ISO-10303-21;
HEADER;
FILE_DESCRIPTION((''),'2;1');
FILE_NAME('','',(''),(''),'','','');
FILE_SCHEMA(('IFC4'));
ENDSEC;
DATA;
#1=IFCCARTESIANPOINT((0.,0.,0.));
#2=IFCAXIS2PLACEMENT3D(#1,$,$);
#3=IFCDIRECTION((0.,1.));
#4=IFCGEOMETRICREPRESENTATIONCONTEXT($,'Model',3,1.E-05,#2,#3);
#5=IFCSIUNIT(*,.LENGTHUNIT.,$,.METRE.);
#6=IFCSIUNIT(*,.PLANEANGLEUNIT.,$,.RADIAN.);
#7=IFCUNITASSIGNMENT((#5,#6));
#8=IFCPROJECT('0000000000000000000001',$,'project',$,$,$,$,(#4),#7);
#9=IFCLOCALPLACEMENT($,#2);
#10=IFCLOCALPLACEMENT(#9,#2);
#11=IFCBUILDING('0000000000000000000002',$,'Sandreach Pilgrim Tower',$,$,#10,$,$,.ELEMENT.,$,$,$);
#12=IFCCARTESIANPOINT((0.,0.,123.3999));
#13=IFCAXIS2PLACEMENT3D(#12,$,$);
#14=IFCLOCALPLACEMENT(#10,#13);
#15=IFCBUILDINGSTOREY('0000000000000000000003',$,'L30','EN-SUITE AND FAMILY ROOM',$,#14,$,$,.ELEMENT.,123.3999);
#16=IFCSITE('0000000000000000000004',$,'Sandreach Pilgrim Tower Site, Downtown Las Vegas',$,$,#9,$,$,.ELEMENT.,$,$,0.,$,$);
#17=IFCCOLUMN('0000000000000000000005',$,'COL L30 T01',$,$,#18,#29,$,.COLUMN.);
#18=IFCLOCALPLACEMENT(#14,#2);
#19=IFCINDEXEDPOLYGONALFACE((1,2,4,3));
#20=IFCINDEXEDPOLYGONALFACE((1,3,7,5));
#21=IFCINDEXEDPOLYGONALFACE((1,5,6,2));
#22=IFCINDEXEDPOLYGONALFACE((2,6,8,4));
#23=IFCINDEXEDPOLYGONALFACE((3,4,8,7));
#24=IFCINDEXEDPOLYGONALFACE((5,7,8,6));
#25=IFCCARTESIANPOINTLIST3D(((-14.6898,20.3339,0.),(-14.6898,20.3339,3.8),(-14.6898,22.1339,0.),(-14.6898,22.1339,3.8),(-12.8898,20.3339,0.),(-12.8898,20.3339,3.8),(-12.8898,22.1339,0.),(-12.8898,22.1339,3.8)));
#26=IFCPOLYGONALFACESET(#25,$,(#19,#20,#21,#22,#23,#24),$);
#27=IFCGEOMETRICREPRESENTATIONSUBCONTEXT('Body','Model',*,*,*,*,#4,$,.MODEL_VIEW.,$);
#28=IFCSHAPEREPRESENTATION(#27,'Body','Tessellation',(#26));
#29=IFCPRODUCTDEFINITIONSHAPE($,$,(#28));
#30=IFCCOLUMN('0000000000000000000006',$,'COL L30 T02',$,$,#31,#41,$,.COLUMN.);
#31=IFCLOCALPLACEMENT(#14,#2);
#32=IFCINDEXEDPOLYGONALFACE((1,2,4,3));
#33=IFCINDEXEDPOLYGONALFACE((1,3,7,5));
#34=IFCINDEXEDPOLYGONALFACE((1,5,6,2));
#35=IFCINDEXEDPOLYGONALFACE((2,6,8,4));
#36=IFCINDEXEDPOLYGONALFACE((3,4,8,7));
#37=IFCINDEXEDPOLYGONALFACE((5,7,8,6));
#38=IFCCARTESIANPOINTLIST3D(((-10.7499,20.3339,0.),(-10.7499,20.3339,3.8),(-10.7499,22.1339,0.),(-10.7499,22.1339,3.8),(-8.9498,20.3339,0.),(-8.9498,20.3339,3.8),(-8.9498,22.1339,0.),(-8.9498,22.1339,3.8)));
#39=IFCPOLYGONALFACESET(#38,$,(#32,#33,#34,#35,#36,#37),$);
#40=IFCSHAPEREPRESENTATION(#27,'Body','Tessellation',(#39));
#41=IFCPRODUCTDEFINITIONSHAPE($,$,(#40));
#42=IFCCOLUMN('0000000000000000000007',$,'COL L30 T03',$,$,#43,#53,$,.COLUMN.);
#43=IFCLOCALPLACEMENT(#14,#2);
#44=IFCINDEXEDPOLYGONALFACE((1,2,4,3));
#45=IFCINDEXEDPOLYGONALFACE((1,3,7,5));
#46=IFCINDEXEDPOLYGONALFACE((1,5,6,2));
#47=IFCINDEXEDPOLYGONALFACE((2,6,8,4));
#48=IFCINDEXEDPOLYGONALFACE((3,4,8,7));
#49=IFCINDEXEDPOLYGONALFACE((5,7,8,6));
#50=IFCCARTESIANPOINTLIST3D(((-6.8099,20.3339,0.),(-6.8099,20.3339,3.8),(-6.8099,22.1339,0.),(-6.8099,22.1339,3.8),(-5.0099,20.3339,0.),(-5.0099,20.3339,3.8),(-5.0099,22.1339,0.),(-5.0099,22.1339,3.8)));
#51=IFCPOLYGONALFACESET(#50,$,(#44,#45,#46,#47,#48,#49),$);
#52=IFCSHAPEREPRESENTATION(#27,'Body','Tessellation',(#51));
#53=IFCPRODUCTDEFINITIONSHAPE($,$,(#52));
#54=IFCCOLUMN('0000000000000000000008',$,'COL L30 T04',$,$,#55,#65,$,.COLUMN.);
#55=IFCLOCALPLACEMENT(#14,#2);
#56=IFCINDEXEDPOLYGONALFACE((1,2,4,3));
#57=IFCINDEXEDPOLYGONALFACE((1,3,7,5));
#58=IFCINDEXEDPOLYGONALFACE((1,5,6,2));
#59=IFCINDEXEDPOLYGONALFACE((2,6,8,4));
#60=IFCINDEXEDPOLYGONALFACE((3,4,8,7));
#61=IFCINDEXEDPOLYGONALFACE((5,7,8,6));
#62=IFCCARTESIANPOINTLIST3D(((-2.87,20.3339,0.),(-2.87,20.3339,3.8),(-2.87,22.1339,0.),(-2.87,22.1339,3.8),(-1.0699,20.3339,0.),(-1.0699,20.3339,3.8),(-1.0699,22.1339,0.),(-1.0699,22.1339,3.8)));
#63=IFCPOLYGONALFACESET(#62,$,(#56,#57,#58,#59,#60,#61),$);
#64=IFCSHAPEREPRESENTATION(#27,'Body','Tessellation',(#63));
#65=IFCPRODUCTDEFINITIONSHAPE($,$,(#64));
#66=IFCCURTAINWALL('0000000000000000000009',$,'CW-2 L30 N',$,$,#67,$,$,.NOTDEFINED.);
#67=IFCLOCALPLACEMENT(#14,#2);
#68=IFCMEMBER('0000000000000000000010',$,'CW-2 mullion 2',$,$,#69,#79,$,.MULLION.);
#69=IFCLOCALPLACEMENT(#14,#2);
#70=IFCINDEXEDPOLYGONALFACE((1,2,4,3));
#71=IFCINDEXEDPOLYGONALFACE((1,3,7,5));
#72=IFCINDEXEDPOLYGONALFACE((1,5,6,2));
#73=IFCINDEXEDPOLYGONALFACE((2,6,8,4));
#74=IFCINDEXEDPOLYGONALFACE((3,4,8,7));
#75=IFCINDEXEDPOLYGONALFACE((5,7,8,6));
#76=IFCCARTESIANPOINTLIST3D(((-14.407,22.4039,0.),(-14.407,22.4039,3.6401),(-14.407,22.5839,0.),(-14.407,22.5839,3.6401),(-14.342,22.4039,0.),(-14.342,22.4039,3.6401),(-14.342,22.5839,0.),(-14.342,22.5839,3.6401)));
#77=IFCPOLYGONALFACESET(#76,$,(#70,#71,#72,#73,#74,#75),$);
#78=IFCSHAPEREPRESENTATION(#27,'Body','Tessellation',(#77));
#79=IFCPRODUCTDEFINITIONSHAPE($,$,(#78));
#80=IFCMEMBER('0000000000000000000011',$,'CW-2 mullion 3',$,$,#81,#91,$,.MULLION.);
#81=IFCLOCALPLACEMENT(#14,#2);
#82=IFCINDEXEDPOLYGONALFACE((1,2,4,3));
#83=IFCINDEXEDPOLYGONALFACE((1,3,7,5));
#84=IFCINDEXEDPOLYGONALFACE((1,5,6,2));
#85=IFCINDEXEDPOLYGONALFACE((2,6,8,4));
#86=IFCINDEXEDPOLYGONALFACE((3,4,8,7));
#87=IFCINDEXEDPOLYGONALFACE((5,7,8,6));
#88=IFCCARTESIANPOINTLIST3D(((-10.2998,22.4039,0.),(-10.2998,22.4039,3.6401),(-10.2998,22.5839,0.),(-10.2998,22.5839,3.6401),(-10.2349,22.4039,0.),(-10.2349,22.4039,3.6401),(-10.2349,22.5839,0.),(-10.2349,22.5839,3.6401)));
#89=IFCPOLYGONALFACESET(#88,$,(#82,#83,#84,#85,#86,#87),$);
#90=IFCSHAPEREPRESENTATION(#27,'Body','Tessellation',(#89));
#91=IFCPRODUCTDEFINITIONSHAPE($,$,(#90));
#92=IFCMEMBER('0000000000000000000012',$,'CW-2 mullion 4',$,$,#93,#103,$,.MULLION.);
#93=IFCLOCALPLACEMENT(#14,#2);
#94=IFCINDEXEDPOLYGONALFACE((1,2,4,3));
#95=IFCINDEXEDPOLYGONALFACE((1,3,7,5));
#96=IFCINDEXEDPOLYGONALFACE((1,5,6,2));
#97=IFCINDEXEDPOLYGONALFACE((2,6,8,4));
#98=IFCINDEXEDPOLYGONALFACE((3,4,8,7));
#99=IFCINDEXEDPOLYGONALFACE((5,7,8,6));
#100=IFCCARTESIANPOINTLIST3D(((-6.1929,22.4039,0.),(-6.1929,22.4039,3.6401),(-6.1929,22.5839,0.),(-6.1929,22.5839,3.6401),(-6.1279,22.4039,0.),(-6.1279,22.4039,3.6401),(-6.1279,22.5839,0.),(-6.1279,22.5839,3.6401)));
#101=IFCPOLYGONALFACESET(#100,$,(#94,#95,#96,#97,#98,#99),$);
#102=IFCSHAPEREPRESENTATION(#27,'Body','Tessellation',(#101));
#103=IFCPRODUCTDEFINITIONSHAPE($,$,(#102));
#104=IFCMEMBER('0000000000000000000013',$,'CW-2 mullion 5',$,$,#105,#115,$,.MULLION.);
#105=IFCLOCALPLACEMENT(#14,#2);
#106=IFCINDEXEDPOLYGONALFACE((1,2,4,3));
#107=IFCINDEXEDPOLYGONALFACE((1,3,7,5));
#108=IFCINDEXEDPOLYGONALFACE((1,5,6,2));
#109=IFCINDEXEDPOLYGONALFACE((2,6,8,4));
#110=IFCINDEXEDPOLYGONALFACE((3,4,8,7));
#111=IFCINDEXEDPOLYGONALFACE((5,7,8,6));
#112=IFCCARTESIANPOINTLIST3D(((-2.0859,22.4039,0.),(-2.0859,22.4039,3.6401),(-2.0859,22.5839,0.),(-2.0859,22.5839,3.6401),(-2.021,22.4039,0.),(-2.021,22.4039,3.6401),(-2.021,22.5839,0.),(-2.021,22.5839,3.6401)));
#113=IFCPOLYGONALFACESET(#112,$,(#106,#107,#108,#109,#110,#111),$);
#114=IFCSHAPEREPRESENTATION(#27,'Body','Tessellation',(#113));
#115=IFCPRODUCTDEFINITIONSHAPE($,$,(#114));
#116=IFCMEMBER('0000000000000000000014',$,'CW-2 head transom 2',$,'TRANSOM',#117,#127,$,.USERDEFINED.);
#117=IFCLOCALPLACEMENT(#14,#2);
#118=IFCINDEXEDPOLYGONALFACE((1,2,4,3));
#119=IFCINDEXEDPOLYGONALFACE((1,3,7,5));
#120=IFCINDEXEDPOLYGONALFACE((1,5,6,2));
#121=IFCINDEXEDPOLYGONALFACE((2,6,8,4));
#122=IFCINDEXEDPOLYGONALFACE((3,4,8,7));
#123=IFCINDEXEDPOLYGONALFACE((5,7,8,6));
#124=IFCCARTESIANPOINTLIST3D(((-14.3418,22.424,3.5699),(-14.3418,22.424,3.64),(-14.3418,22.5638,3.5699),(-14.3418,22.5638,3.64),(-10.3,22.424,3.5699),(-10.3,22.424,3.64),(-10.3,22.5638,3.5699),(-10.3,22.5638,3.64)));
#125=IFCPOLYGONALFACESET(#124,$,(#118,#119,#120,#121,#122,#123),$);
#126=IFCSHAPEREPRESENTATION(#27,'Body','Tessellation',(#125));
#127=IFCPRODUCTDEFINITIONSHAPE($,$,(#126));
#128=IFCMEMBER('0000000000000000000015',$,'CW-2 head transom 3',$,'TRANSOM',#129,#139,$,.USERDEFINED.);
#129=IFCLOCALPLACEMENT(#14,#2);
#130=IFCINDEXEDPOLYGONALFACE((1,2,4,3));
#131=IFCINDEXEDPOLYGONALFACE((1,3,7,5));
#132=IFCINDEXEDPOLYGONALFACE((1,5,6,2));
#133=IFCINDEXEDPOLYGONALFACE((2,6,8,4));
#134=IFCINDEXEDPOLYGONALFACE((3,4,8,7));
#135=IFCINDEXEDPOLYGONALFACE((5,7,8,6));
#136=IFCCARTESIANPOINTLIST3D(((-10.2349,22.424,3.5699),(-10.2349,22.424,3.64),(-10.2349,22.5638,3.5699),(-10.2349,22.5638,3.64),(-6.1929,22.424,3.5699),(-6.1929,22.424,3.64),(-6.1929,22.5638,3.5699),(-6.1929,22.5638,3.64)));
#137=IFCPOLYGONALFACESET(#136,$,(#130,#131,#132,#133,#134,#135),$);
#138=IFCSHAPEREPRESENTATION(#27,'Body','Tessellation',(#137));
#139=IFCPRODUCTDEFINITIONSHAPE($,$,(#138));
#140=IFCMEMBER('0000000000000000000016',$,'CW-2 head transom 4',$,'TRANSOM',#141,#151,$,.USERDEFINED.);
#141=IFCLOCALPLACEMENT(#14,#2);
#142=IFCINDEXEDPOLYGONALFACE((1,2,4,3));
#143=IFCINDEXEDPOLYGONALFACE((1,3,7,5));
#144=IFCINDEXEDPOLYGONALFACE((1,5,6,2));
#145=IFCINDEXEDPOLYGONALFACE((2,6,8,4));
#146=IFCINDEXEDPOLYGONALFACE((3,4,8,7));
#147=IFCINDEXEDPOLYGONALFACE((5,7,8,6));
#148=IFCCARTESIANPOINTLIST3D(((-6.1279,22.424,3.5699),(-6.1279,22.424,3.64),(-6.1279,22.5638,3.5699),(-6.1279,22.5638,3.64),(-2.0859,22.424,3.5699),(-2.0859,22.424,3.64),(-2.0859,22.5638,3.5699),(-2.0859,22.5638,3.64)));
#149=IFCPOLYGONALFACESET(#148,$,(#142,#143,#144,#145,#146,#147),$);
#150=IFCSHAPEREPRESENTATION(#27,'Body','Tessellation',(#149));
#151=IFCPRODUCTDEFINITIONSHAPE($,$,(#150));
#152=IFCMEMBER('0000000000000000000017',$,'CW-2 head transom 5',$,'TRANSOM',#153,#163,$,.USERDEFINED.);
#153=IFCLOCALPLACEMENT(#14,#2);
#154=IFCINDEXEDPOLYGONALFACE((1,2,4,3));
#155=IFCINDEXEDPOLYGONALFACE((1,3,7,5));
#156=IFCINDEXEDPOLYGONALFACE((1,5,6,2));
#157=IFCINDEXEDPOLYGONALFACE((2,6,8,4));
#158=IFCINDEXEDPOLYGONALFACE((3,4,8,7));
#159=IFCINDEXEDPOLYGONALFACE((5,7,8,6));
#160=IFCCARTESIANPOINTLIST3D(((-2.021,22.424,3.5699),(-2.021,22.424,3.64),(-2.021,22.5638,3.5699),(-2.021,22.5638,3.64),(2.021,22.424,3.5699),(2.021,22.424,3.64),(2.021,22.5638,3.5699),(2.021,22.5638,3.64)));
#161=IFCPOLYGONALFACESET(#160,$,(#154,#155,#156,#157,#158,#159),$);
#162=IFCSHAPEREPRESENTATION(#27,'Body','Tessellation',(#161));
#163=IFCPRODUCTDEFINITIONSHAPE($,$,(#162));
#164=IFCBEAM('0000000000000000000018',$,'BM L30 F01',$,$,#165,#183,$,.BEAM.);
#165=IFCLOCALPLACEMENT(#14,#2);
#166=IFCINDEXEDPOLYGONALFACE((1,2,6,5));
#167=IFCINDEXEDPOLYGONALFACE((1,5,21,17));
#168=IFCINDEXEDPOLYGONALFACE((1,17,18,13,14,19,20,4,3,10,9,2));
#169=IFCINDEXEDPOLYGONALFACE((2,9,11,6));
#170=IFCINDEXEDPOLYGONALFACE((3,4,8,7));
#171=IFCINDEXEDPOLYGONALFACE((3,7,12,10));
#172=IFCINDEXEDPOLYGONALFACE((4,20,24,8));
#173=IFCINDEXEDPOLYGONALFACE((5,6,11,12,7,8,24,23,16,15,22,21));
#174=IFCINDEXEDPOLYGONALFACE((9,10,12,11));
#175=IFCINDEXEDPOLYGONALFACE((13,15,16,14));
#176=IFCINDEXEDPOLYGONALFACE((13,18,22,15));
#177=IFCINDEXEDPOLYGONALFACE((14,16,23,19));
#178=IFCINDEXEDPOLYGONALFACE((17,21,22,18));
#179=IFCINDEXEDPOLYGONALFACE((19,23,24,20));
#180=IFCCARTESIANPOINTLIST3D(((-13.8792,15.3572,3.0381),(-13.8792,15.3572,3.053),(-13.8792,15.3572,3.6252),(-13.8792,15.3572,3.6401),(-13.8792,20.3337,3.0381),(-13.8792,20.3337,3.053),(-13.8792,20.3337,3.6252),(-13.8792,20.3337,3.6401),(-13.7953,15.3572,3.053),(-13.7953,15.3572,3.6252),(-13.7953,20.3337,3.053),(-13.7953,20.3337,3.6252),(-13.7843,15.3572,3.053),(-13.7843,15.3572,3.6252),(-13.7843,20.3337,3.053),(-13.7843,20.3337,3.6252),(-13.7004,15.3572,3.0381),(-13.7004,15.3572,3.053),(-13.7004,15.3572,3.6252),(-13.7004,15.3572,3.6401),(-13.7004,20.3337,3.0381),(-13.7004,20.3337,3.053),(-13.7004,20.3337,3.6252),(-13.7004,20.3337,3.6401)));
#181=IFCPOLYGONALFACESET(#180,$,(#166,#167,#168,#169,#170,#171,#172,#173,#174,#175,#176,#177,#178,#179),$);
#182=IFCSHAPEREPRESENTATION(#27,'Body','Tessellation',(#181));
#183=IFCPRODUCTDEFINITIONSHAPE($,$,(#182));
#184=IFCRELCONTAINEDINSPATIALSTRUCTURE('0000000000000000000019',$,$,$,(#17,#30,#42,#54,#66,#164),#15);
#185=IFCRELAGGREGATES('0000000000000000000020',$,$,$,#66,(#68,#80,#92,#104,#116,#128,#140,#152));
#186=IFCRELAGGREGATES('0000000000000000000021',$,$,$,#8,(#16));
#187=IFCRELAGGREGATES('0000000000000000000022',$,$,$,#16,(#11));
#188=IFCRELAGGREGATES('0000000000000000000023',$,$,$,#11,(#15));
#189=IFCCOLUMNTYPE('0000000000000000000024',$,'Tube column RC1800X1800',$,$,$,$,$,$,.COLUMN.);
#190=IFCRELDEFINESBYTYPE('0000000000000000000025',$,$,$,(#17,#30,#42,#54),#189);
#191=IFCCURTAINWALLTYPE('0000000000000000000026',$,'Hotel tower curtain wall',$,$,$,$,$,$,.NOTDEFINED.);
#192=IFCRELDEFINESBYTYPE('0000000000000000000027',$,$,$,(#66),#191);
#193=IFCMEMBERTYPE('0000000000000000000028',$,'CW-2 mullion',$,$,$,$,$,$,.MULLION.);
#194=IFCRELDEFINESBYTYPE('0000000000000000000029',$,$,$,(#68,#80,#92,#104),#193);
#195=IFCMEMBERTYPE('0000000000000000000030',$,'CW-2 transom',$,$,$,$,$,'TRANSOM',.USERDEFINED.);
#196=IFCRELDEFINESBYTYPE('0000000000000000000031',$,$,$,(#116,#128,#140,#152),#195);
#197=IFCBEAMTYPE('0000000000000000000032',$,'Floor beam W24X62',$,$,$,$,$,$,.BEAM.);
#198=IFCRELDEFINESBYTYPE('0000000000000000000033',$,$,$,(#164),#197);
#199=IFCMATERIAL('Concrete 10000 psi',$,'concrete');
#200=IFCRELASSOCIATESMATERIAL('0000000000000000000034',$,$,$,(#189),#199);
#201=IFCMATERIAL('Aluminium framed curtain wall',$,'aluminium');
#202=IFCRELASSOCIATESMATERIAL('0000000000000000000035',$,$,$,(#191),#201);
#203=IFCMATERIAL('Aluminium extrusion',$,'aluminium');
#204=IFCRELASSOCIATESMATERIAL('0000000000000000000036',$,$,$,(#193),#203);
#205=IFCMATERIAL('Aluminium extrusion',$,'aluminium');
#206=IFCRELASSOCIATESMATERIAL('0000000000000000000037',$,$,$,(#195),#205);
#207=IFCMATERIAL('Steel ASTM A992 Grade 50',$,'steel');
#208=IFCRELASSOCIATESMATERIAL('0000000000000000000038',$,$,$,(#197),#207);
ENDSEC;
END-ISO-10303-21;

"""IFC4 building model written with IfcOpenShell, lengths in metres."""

from ifc_helpers import new_model, si_unit, direction, frame, origin, origin_2d, place, context, subcontext, project, spatial, rectangle, i_section, extrude, material, material_profile, profile_set, type_object, element, aggregate, save


model = new_model("IFC4")

# Units and contexts
model_context = context("Model", 3, precision=1e-05, world=origin(), true_north=direction((0.0, 1.0)))
body_context = subcontext(model_context, "Body", "Model", "MODEL_VIEW")
ifc_project = project(units=[si_unit("LENGTHUNIT", "METRE"), si_unit("PLANEANGLEUNIT", "RADIAN")], contexts=[model_context])

# Site, building, storey
site_placement = place(None, origin())
site = spatial("IfcSite", under=ifc_project, at=site_placement, Name="Sandreach Pilgrim Tower Site, Downtown Las Vegas", CompositionType="ELEMENT", RefElevation=0.0)
building_placement = place(site_placement, origin())
building = spatial("IfcBuilding", under=site, at=building_placement, Name="Sandreach Pilgrim Tower", CompositionType="ELEMENT")
storey_placement = place(building_placement, frame((0.0, 0.0, 123.3999)))
storey = spatial("IfcBuildingStorey", under=building, at=storey_placement, Name="L30", Description="EN-SUITE AND FAMILY ROOM", CompositionType="ELEMENT", Elevation=123.3999)

# Columns
ifc_material_1 = material(Name="Concrete 10000 psi", Category="concrete")
ifc_material_profile_1 = material_profile(ifc_material_1, rectangle(XDim=1.8, YDim=1.8, at=origin_2d()), Name="RC1800X1800")
ifc_profile_set_1 = profile_set([ifc_material_profile_1], Name="Concrete 10000 psi")
column_type = type_object("IfcColumnType", Name="Tube column RC1800X1800", PredefinedType="COLUMN", material=ifc_profile_set_1)
for number, where, z_axis, x_axis, name in (
    (1, (-13.7898, 21.2339, 0.0), (0.0, 0.0, 1.0), (0.0, 1.0, 0.0), "COL L30 T01"),
    (2, (-9.8499, 21.2339, 0.0), (0.0, 0.0, 1.0), (0.0, 1.0, 0.0), "COL L30 T02"),
    (3, (-5.9099, 21.2339, 0.0), (0.0, 0.0, 1.0), (0.0, 1.0, 0.0), "COL L30 T03"),
    (4, (-1.97, 21.2339, 0.0), (0.0, 0.0, 1.0), (0.0, 1.0, 0.0), "COL L30 T04"),
):
    element("IfcColumn", number, at=place(storey_placement, frame(where, z_axis=z_axis, x_axis=x_axis)), inside=storey, type_object=column_type, Name=name, PredefinedType="COLUMN", context=body_context, shape_type="SweptSolid", body=[
        extrude(rectangle(XDim=1.8, YDim=1.8, at=origin_2d()), origin(), (0.0, 0.0, 1.0), 3.8),
    ])

# Curtain wall, members
ifc_material_2 = material(Name="Aluminium framed curtain wall", Category="aluminium")
curtain_wall_type = type_object("IfcCurtainWallType", Name="Hotel tower curtain wall", PredefinedType="NOTDEFINED", material=ifc_material_2)
curtain_wall_placement = place(storey_placement, origin())
curtain_wall = element("IfcCurtainWall", 5, at=curtain_wall_placement, inside=storey, type_object=curtain_wall_type, Name="CW-2 L30 N", PredefinedType="NOTDEFINED")
ifc_material_3 = material(Name="Aluminium extrusion", Category="aluminium")
ifc_material_profile_2 = material_profile(ifc_material_3, rectangle(XDim=0.0649, YDim=0.1799, at=origin_2d()), Name="CW-2M 65X180")
ifc_profile_set_2 = profile_set([ifc_material_profile_2], Name="Aluminium extrusion")
member_type_1 = type_object("IfcMemberType", Name="CW-2 mullion", PredefinedType="MULLION", material=ifc_profile_set_2)
member_1_placement = place(storey_placement, frame((-14.3745, 22.4939, 0.0), z_axis=(0.0, 0.0, 1.0), x_axis=(1.0, 0.0, 0.0)))
member_1 = element("IfcMember", 6, at=member_1_placement, type_object=member_type_1, Name="CW-2 mullion 2", PredefinedType="MULLION", context=body_context, shape_type="SweptSolid", body=[
    extrude(rectangle(XDim=0.0649, YDim=0.1799, at=origin_2d()), origin(), (0.0, 0.0, 1.0), 3.6401),
])
member_2_placement = place(storey_placement, frame((-10.2673, 22.4939, 0.0), z_axis=(0.0, 0.0, 1.0), x_axis=(1.0, 0.0, 0.0)))
member_2 = element("IfcMember", 7, at=member_2_placement, type_object=member_type_1, Name="CW-2 mullion 3", PredefinedType="MULLION", context=body_context, shape_type="SweptSolid", body=[
    extrude(rectangle(XDim=0.0649, YDim=0.1799, at=origin_2d()), origin(), (0.0, 0.0, 1.0), 3.6401),
])
member_3_placement = place(storey_placement, frame((-6.1604, 22.4939, 0.0), z_axis=(0.0, 0.0, 1.0), x_axis=(1.0, 0.0, 0.0)))
member_3 = element("IfcMember", 8, at=member_3_placement, type_object=member_type_1, Name="CW-2 mullion 4", PredefinedType="MULLION", context=body_context, shape_type="SweptSolid", body=[
    extrude(rectangle(XDim=0.0649, YDim=0.1799, at=origin_2d()), origin(), (0.0, 0.0, 1.0), 3.6401),
])
member_4_placement = place(storey_placement, frame((-2.0535, 22.4939, 0.0), z_axis=(0.0, 0.0, 1.0), x_axis=(1.0, 0.0, 0.0)))
member_4 = element("IfcMember", 9, at=member_4_placement, type_object=member_type_1, Name="CW-2 mullion 5", PredefinedType="MULLION", context=body_context, shape_type="SweptSolid", body=[
    extrude(rectangle(XDim=0.0649, YDim=0.1799, at=origin_2d()), origin(), (0.0, 0.0, 1.0), 3.6401),
])
ifc_material_4 = material(Name="Aluminium extrusion", Category="aluminium")
ifc_material_profile_3 = material_profile(ifc_material_4, rectangle(XDim=0.1399, YDim=0.0701, at=origin_2d()), Name="CW-2T 140X70")
ifc_profile_set_3 = profile_set([ifc_material_profile_3], Name="Aluminium extrusion")
member_type_2 = type_object("IfcMemberType", Name="CW-2 transom", ElementType="TRANSOM", PredefinedType="USERDEFINED", material=ifc_profile_set_3)
member_5_placement = place(storey_placement, frame((-14.3418, 22.4939, 3.605), z_axis=(1.0, 0.0, 0.0), x_axis=(0.0, 1.0, 0.0)))
member_5 = element("IfcMember", 10, at=member_5_placement, type_object=member_type_2, Name="CW-2 head transom 2", ObjectType="TRANSOM", PredefinedType="USERDEFINED", context=body_context, shape_type="SweptSolid", body=[
    extrude(rectangle(XDim=0.1399, YDim=0.0701, at=origin_2d()), origin(), (0.0, 0.0, 1.0), 4.0417),
])
member_6_placement = place(storey_placement, frame((-10.2349, 22.4939, 3.605), z_axis=(1.0, 0.0, 0.0), x_axis=(0.0, 1.0, 0.0)))
member_6 = element("IfcMember", 11, at=member_6_placement, type_object=member_type_2, Name="CW-2 head transom 3", ObjectType="TRANSOM", PredefinedType="USERDEFINED", context=body_context, shape_type="SweptSolid", body=[
    extrude(rectangle(XDim=0.1399, YDim=0.0701, at=origin_2d()), origin(), (0.0, 0.0, 1.0), 4.042),
])
member_7_placement = place(storey_placement, frame((-6.1279, 22.4939, 3.605), z_axis=(1.0, 0.0, 0.0), x_axis=(0.0, 1.0, 0.0)))
member_7 = element("IfcMember", 12, at=member_7_placement, type_object=member_type_2, Name="CW-2 head transom 4", ObjectType="TRANSOM", PredefinedType="USERDEFINED", context=body_context, shape_type="SweptSolid", body=[
    extrude(rectangle(XDim=0.1399, YDim=0.0701, at=origin_2d()), origin(), (0.0, 0.0, 1.0), 4.042),
])
member_8_placement = place(storey_placement, frame((-2.021, 22.4939, 3.605), z_axis=(1.0, 0.0, 0.0), x_axis=(0.0, 1.0, 0.0)))
member_8 = element("IfcMember", 13, at=member_8_placement, type_object=member_type_2, Name="CW-2 head transom 5", ObjectType="TRANSOM", PredefinedType="USERDEFINED", context=body_context, shape_type="SweptSolid", body=[
    extrude(rectangle(XDim=0.1399, YDim=0.0701, at=origin_2d()), origin(), (0.0, 0.0, 1.0), 4.042),
])

# Beam
ifc_material_5 = material(Name="Steel ASTM A992 Grade 50", Category="steel")
ifc_material_profile_4 = material_profile(ifc_material_5, i_section(OverallWidth=0.1787, OverallDepth=0.6021, WebThickness=0.011, FlangeThickness=0.0149, at=origin_2d()), Name="W24X62")
ifc_profile_set_4 = profile_set([ifc_material_profile_4], Name="Steel ASTM A992 Grade 50")
beam_type_1 = type_object("IfcBeamType", Name="Floor beam W24X62", PredefinedType="BEAM", material=ifc_profile_set_4)
beam_1_placement = place(storey_placement, frame((-13.7898, 20.3337, 3.3391), z_axis=(0.0, -1.0, 0.0), x_axis=(1.0, 0.0, 0.0)))
element("IfcBeam", 14, at=beam_1_placement, inside=storey, type_object=beam_type_1, Name="BM L30 F01", PredefinedType="BEAM", context=body_context, shape_type="SweptSolid", body=[
    extrude(i_section(OverallWidth=0.1787, OverallDepth=0.6021, WebThickness=0.011, FlangeThickness=0.0149, at=origin_2d()), origin(), (0.0, 0.0, 1.0), 4.9766),
])

aggregate(curtain_wall, [member_1, member_2, member_3, member_4, member_5, member_6, member_7, member_8])

save(model, "model.ifc")
